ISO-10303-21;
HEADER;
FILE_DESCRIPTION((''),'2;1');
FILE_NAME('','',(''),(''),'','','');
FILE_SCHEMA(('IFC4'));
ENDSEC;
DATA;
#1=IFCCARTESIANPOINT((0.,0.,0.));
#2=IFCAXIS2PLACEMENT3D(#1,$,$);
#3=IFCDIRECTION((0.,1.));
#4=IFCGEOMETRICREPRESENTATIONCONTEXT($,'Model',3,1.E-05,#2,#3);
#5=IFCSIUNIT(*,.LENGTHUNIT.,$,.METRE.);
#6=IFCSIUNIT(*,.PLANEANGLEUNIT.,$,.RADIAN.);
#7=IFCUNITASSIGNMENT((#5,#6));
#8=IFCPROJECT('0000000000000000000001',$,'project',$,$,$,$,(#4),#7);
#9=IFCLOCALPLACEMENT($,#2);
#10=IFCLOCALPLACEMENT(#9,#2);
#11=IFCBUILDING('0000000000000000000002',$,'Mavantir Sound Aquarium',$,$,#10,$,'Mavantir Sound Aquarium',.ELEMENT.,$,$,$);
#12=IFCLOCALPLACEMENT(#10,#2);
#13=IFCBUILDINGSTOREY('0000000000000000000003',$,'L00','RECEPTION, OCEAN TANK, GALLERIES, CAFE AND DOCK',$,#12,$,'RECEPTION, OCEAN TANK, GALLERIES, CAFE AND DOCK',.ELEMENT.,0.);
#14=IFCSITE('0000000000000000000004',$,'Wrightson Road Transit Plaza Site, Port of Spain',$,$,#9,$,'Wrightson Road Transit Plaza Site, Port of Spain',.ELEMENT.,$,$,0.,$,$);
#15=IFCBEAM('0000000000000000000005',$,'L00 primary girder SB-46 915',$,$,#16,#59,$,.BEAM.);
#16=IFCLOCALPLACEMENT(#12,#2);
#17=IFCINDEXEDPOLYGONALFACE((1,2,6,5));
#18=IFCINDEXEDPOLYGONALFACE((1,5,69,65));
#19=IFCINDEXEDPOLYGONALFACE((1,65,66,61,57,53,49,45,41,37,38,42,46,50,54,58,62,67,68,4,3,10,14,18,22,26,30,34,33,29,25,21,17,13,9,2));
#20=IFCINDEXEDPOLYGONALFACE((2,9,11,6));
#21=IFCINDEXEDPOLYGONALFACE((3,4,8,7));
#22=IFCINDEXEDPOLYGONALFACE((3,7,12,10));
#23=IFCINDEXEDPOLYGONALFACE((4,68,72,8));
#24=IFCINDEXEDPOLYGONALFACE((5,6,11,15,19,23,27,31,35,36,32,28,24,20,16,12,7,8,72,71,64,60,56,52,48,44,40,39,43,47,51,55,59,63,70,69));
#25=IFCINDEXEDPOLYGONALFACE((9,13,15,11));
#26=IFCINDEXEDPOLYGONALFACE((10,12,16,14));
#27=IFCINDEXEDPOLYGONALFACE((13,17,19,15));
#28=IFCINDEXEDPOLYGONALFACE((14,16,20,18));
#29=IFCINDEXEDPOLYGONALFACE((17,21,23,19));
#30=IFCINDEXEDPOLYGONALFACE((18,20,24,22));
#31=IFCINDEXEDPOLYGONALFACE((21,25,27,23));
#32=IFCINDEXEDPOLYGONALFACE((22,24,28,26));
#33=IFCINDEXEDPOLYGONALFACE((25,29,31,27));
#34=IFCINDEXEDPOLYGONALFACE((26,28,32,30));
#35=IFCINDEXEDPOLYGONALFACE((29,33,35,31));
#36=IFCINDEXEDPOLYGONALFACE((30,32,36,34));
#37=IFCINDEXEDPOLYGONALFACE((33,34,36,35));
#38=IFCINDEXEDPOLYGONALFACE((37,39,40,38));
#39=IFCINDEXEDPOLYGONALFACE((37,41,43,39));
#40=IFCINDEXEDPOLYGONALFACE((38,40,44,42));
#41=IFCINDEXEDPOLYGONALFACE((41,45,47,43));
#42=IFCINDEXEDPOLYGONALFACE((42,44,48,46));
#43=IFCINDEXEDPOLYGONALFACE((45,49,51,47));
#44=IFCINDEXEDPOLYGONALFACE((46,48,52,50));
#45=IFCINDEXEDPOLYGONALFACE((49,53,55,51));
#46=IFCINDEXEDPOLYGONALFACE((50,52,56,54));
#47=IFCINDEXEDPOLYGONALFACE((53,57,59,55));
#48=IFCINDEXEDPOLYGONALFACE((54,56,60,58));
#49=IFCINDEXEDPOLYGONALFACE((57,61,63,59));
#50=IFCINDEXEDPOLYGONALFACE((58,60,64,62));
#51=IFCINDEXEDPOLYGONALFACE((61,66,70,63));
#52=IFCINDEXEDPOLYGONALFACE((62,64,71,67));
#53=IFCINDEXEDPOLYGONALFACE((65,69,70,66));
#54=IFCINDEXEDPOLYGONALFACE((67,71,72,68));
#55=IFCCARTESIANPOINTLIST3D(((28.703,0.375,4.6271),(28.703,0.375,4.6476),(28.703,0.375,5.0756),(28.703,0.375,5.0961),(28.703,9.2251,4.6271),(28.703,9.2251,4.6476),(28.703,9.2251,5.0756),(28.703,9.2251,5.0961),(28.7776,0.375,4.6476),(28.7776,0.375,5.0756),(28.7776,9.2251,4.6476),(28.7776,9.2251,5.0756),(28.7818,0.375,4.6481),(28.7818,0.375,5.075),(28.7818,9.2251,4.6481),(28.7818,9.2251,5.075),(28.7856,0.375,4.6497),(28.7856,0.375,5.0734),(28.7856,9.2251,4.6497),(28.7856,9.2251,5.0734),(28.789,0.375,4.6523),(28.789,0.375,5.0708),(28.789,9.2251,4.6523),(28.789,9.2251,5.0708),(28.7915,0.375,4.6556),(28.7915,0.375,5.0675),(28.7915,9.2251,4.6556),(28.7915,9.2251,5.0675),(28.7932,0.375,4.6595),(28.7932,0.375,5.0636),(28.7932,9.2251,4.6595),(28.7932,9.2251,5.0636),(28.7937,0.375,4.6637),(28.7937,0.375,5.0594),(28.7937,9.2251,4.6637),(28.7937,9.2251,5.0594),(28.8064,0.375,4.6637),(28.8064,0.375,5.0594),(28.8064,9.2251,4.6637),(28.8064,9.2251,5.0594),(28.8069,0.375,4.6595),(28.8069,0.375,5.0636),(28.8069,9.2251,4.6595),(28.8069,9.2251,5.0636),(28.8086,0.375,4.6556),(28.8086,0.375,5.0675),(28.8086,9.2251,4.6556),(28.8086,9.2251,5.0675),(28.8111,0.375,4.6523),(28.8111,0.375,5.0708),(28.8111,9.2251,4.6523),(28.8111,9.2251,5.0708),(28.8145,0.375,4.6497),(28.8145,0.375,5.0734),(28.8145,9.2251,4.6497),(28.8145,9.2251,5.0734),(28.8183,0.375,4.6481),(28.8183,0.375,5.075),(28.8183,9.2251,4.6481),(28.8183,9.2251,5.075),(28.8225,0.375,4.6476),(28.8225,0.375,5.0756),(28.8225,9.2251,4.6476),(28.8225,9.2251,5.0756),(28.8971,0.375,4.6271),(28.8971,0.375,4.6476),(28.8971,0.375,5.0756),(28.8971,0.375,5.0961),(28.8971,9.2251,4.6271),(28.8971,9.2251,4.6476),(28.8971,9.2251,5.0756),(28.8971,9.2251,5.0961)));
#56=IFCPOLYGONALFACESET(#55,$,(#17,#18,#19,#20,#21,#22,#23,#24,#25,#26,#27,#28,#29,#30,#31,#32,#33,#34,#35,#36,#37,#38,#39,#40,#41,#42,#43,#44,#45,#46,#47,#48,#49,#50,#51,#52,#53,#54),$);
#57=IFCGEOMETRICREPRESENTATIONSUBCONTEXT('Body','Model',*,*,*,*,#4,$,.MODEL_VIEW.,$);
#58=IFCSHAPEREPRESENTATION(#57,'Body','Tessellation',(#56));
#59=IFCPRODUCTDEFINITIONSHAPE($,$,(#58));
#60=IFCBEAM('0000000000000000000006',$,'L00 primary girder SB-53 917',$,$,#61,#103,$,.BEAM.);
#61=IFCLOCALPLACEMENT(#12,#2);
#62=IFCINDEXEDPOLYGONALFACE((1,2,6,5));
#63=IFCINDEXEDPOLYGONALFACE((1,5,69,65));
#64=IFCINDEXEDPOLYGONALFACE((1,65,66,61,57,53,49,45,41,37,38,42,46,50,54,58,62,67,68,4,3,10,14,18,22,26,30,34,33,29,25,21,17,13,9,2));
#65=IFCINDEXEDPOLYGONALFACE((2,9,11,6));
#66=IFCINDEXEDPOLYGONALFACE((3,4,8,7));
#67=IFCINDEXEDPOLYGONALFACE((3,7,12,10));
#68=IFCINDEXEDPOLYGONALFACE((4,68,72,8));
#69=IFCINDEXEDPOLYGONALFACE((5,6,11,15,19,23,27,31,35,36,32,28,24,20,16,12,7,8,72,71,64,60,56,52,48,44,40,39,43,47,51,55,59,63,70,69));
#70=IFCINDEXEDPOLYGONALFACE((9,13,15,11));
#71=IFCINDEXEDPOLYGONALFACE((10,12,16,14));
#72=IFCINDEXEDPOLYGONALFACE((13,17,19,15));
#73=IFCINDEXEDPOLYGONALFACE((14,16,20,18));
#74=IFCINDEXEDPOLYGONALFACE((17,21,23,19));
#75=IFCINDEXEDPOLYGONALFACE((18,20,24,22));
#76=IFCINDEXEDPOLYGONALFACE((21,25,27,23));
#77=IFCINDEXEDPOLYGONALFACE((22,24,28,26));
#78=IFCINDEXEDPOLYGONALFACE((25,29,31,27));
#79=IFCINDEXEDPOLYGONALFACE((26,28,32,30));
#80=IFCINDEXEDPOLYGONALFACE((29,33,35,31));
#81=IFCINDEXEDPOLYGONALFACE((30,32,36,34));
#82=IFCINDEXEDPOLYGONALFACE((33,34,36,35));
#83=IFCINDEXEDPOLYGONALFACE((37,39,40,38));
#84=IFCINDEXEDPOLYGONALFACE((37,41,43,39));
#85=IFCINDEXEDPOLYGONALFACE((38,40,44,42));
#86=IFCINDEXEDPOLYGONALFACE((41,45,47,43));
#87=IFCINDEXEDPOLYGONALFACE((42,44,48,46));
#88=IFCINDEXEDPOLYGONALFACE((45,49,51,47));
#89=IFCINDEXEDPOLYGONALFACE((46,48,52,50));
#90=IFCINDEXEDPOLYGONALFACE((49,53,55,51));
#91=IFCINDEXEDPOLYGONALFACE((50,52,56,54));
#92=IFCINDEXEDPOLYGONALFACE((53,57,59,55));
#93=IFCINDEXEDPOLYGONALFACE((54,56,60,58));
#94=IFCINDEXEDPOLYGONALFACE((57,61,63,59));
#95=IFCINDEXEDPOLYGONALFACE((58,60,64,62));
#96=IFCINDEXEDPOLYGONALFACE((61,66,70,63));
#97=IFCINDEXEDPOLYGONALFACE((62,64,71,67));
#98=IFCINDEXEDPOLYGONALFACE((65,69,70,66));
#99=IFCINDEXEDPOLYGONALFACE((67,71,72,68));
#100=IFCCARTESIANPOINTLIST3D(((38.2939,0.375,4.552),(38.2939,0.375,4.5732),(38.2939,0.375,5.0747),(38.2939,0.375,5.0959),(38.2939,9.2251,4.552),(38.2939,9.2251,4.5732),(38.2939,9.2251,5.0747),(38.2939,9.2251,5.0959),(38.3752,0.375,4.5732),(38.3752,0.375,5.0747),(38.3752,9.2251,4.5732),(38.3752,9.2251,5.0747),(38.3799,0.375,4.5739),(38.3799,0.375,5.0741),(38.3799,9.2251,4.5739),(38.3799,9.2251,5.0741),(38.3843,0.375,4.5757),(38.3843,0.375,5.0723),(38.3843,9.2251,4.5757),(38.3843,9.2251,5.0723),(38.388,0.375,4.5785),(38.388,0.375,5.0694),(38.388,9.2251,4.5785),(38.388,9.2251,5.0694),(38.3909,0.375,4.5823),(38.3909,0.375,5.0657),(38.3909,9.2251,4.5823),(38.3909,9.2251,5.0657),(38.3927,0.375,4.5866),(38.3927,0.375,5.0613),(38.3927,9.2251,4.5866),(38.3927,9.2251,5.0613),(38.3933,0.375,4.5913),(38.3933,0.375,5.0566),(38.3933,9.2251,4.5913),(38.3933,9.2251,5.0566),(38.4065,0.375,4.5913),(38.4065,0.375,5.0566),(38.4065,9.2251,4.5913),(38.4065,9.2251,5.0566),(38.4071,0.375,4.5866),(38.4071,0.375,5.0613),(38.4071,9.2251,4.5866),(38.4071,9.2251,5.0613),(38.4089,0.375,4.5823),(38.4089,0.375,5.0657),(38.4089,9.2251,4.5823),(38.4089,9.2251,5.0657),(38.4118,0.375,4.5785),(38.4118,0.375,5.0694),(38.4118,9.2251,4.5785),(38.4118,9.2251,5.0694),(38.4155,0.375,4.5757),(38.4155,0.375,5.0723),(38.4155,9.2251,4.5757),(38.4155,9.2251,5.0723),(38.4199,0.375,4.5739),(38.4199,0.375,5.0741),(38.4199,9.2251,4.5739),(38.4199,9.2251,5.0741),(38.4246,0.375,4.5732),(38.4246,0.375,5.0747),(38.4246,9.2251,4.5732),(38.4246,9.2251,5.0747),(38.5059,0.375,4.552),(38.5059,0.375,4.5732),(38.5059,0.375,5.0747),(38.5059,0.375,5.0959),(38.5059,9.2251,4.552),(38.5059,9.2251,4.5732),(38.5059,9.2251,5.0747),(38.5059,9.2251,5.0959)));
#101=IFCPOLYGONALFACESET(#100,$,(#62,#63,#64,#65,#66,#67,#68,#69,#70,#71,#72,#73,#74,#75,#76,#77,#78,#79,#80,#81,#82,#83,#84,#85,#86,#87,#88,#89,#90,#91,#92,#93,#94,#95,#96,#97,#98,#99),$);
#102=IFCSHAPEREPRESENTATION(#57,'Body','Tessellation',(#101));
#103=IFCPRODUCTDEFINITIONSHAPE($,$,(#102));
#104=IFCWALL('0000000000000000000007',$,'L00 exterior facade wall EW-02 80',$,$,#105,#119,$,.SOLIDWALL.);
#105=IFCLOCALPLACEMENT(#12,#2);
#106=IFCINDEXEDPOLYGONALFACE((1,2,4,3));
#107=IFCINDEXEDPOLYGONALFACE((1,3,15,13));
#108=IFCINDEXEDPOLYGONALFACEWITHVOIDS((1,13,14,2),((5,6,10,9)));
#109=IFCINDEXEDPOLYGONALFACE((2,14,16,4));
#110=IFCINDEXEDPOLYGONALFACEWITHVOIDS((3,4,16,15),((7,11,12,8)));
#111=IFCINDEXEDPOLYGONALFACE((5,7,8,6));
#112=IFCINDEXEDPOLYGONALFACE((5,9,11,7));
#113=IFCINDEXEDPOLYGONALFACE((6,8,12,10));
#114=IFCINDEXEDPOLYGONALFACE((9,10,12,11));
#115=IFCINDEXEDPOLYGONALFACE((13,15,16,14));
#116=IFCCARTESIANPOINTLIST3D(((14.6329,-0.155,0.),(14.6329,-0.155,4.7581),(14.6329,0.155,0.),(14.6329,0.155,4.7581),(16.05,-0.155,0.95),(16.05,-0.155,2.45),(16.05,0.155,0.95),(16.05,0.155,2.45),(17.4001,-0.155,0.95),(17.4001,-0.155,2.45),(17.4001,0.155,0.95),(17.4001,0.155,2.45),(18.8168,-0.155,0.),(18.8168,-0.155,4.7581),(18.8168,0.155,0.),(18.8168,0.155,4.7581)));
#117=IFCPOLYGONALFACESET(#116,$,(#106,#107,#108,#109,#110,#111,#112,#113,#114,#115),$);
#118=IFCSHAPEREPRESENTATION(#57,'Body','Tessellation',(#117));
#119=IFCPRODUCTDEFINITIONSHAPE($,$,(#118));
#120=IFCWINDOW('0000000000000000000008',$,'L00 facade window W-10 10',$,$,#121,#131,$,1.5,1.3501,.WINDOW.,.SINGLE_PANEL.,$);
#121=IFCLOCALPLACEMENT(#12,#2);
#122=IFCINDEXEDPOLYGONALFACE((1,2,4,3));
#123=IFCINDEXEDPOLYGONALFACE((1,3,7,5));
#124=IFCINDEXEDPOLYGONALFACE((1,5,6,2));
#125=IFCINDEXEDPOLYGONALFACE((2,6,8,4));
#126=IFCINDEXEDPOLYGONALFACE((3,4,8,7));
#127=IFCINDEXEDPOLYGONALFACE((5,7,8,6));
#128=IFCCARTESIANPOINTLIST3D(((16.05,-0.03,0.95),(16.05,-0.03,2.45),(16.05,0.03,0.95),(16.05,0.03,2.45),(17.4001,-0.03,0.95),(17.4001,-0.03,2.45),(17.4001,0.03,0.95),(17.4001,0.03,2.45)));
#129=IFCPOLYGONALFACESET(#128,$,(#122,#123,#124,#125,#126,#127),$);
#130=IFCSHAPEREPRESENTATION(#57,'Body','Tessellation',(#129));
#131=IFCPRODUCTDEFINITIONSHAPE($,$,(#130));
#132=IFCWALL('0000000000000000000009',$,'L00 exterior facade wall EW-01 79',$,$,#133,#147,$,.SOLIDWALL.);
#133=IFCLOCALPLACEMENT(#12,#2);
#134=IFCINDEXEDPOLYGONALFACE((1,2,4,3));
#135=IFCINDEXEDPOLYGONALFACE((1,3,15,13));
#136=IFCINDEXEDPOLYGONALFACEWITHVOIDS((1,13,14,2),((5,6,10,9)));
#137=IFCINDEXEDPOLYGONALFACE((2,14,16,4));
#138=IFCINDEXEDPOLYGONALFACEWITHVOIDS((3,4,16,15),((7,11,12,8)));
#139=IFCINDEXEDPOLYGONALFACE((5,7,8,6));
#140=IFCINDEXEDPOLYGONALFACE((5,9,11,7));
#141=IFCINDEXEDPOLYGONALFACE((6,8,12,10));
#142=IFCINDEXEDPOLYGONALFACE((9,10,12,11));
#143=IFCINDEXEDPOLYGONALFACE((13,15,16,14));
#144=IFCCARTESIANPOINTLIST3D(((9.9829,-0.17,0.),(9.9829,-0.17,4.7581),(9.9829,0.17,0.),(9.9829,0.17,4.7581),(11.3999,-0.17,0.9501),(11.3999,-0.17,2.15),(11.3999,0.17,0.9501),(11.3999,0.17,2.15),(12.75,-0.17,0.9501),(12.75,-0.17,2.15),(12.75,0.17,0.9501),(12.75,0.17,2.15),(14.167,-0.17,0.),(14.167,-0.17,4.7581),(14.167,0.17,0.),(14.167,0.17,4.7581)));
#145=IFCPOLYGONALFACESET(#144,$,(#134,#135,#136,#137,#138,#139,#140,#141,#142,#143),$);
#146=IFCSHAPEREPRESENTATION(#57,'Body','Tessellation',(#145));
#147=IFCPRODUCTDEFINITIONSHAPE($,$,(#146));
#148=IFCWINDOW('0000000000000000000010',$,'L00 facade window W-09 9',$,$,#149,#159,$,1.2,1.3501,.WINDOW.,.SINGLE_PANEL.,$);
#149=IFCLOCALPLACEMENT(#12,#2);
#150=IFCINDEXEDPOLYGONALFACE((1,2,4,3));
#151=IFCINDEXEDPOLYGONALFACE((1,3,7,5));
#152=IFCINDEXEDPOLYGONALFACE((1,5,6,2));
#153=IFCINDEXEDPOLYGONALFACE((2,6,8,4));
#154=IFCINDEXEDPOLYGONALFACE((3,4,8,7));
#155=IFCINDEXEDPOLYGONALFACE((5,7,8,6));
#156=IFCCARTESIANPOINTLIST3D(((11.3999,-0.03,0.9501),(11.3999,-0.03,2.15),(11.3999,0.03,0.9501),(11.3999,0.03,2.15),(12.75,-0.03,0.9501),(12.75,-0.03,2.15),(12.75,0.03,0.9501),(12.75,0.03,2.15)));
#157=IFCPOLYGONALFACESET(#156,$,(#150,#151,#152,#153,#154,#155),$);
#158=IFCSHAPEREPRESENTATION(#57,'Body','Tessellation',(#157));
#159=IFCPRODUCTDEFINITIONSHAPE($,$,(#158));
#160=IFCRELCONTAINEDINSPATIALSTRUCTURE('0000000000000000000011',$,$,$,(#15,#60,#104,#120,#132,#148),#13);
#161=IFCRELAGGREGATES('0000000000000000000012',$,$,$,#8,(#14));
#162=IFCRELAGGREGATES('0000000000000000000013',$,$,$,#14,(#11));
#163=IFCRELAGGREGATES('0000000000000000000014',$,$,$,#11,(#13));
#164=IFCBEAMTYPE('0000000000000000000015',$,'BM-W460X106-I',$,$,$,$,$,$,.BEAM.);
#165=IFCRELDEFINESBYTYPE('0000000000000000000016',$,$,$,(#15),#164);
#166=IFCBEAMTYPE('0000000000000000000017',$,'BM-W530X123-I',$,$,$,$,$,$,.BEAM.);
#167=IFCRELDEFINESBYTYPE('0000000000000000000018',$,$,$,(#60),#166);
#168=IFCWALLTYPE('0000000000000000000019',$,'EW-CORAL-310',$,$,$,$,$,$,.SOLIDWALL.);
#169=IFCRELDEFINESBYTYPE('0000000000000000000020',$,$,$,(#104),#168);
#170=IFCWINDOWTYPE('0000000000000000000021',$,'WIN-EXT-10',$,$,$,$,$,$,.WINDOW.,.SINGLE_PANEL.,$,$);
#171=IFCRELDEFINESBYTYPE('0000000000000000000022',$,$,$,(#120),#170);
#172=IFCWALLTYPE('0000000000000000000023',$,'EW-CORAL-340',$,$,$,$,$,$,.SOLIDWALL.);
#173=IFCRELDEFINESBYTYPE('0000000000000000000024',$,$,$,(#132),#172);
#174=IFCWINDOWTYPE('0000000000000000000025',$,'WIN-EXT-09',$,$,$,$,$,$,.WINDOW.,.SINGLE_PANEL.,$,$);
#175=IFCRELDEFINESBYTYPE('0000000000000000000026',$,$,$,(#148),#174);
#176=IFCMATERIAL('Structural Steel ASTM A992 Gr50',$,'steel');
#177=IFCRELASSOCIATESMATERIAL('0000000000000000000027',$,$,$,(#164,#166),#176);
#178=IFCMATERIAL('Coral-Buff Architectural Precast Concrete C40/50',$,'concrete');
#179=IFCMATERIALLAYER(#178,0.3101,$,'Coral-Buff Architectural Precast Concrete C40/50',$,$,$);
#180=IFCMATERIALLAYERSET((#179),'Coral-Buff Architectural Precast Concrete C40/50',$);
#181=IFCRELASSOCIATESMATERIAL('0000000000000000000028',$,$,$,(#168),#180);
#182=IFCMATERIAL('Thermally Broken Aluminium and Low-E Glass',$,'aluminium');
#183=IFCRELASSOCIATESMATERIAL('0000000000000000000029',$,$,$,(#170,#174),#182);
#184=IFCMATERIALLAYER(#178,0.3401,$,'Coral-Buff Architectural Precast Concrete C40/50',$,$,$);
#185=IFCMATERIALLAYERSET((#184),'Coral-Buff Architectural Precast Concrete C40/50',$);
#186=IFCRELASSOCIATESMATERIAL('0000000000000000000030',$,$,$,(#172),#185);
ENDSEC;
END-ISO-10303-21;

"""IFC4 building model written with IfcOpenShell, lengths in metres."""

from ifc_helpers import new_model, si_unit, direction, frame, frame_2d, origin, origin_2d, place, context, subcontext, project, spatial, rectangle, i_section, extrude, material, layer, layer_set, material_profile, profile_set, type_object, element, fill, save


model = new_model("IFC4")

# Units and contexts
model_context = context("Model", 3, precision=1e-05, world=origin(), true_north=direction((0.0, 1.0)))
body_context = subcontext(model_context, "Body", "Model", "MODEL_VIEW")
ifc_project = project(units=[si_unit("LENGTHUNIT", "METRE"), si_unit("PLANEANGLEUNIT", "RADIAN")], contexts=[model_context])

# Site, building, storey
site_placement = place(None, origin())
site = spatial("IfcSite", under=ifc_project, at=site_placement, Name="Wrightson Road Transit Plaza Site, Port of Spain", LongName="Wrightson Road Transit Plaza Site, Port of Spain", CompositionType="ELEMENT", RefElevation=0.0)
building_placement = place(site_placement, origin())
building = spatial("IfcBuilding", under=site, at=building_placement, Name="Mavantir Sound Aquarium", LongName="Mavantir Sound Aquarium", CompositionType="ELEMENT")
storey_placement = place(building_placement, origin())
storey = spatial("IfcBuildingStorey", under=building, at=storey_placement, Name="L00", Description="RECEPTION, OCEAN TANK, GALLERIES, CAFE AND DOCK", LongName="RECEPTION, OCEAN TANK, GALLERIES, CAFE AND DOCK", CompositionType="ELEMENT", Elevation=0.0)

# Beams
ifc_material_1 = material(Name="Structural Steel ASTM A992 Gr50", Category="steel")
ifc_material_profile_1 = material_profile(ifc_material_1, i_section(OverallWidth=0.1941, OverallDepth=0.469, WebThickness=0.0127, FlangeThickness=0.0205, FilletRadius=0.0161, at=origin_2d()), Name="W460X106")
ifc_profile_set_1 = profile_set([ifc_material_profile_1], Name="Structural Steel ASTM A992 Gr50")
beam_type_1 = type_object("IfcBeamType", Name="BM-W460X106-I", PredefinedType="BEAM", material=ifc_profile_set_1)
for number, where, z_axis, x_axis, name in (
    (1, (28.8, 0.375, 4.8616), (0.0, 1.0, 0.0), (-1.0, 0.0, 0.0), "L00 primary girder SB-46 915"),
):
    element("IfcBeam", number, at=place(storey_placement, frame(where, z_axis=z_axis, x_axis=x_axis)), inside=storey, type_object=beam_type_1, Name=name, PredefinedType="BEAM", context=body_context, shape_type="SweptSolid", body=[
        extrude(i_section(OverallWidth=0.1941, OverallDepth=0.469, WebThickness=0.0127, FlangeThickness=0.0205, FilletRadius=0.0161, at=origin_2d()), origin(), (0.0, 0.0, 1.0), 8.8501),
    ])
ifc_material_profile_2 = material_profile(ifc_material_1, i_section(OverallWidth=0.2119, OverallDepth=0.5439, WebThickness=0.0132, FlangeThickness=0.0212, FilletRadius=0.0181, at=origin_2d()), Name="W530X123")
ifc_profile_set_2 = profile_set([ifc_material_profile_2], Name="Structural Steel ASTM A992 Gr50")
beam_type_2 = type_object("IfcBeamType", Name="BM-W530X123-I", PredefinedType="BEAM", material=ifc_profile_set_2)
beam_1_placement = place(storey_placement, frame((38.3999, 0.375, 4.824), z_axis=(0.0, 1.0, 0.0), x_axis=(-1.0, 0.0, 0.0)))
element("IfcBeam", 2, at=beam_1_placement, inside=storey, type_object=beam_type_2, Name="L00 primary girder SB-53 917", PredefinedType="BEAM", context=body_context, shape_type="SweptSolid", body=[
    extrude(i_section(OverallWidth=0.2119, OverallDepth=0.5439, WebThickness=0.0132, FlangeThickness=0.0212, FilletRadius=0.0181, at=origin_2d()), origin(), (0.0, 0.0, 1.0), 8.8501),
])

# Walls, openings, windows
ifc_material_2 = material(Name="Coral-Buff Architectural Precast Concrete C40/50", Category="concrete")
ifc_layer_1 = layer(ifc_material_2, 0.3101, Name="Coral-Buff Architectural Precast Concrete C40/50")
ifc_layer_set_1 = layer_set([ifc_layer_1], Name="Coral-Buff Architectural Precast Concrete C40/50")
wall_type_1 = type_object("IfcWallType", Name="EW-CORAL-310", PredefinedType="SOLIDWALL", material=ifc_layer_set_1)
wall_1_placement = place(storey_placement, frame((14.6331, 0.0, 0.0), z_axis=(0.0, 0.0, 1.0), x_axis=(1.0, 0.0, 0.0)))
wall_1 = element("IfcWall", 3, at=wall_1_placement, inside=storey, type_object=wall_type_1, Name="L00 exterior facade wall EW-02 80", PredefinedType="SOLIDWALL", context=body_context, shape_type="SweptSolid", body=[
    extrude(rectangle(XDim=4.1838, YDim=0.3101, at=frame_2d((2.0918, 0.0))), origin(), (0.0, 0.0, 1.0), 4.7581),
])
opening_1_placement = place(wall_1_placement, frame((1.417, 0.0, 0.95)))
opening_1 = element("IfcOpeningElement", 4, at=opening_1_placement, cuts=wall_1, PredefinedType="OPENING", context=body_context, shape_type="SweptSolid", body=[
    extrude(rectangle(XDim=1.3501, YDim=1.5, at=frame_2d((0.675, 0.75))), frame((0.0, 0.165, 0.0), z_axis=(0.0, -1.0, 0.0), x_axis=(1.0, 0.0, 0.0)), (0.0, 0.0, 1.0), 0.3301),
])
ifc_material_3 = material(Name="Thermally Broken Aluminium and Low-E Glass", Category="aluminium")
window_type_1 = type_object("IfcWindowType", Name="WIN-EXT-10", PartitioningType="SINGLE_PANEL", PredefinedType="WINDOW", material=ifc_material_3)
window_1_placement = place(opening_1_placement, origin())
window_1 = element("IfcWindow", 5, at=window_1_placement, inside=storey, type_object=window_type_1, Name="L00 facade window W-10 10", OverallHeight=1.5, OverallWidth=1.3501, PartitioningType="SINGLE_PANEL", PredefinedType="WINDOW", context=body_context, shape_type="SweptSolid", body=[
    extrude(rectangle(XDim=1.3501, YDim=1.5, at=frame_2d((0.675, 0.75))), frame((0.0, 0.03, 0.0), z_axis=(0.0, -1.0, 0.0), x_axis=(1.0, 0.0, 0.0)), (0.0, 0.0, 1.0), 0.0601),
])
fill(opening_1, window_1)
ifc_layer_2 = layer(ifc_material_2, 0.3401, Name="Coral-Buff Architectural Precast Concrete C40/50")
ifc_layer_set_2 = layer_set([ifc_layer_2], Name="Coral-Buff Architectural Precast Concrete C40/50")
wall_type_2 = type_object("IfcWallType", Name="EW-CORAL-340", PredefinedType="SOLIDWALL", material=ifc_layer_set_2)
wall_2_placement = place(storey_placement, frame((9.9829, 0.0, 0.0), z_axis=(0.0, 0.0, 1.0), x_axis=(1.0, 0.0, 0.0)))
wall_2 = element("IfcWall", 6, at=wall_2_placement, inside=storey, type_object=wall_type_2, Name="L00 exterior facade wall EW-01 79", PredefinedType="SOLIDWALL", context=body_context, shape_type="SweptSolid", body=[
    extrude(rectangle(XDim=4.1841, YDim=0.3401, at=frame_2d((2.092, 0.0))), origin(), (0.0, 0.0, 1.0), 4.7581),
])
opening_2_placement = place(wall_2_placement, frame((1.417, 0.0, 0.95)))
opening_2 = element("IfcOpeningElement", 7, at=opening_2_placement, cuts=wall_2, PredefinedType="OPENING", context=body_context, shape_type="SweptSolid", body=[
    extrude(rectangle(XDim=1.3501, YDim=1.2, at=frame_2d((0.675, 0.6001))), frame((0.0, 0.1802, 0.0), z_axis=(0.0, -1.0, 0.0), x_axis=(1.0, 0.0, 0.0)), (0.0, 0.0, 1.0), 0.3601),
])
window_type_2 = type_object("IfcWindowType", Name="WIN-EXT-09", PartitioningType="SINGLE_PANEL", PredefinedType="WINDOW", material=ifc_material_3)
window_2_placement = place(opening_2_placement, origin())
window_2 = element("IfcWindow", 8, at=window_2_placement, inside=storey, type_object=window_type_2, Name="L00 facade window W-09 9", OverallHeight=1.2, OverallWidth=1.3501, PartitioningType="SINGLE_PANEL", PredefinedType="WINDOW", context=body_context, shape_type="SweptSolid", body=[
    extrude(rectangle(XDim=1.3501, YDim=1.2, at=frame_2d((0.675, 0.6001))), frame((0.0, 0.03, 0.0), z_axis=(0.0, -1.0, 0.0), x_axis=(1.0, 0.0, 0.0)), (0.0, 0.0, 1.0), 0.0601),
])
fill(opening_2, window_2)

save(model, "model.ifc")
